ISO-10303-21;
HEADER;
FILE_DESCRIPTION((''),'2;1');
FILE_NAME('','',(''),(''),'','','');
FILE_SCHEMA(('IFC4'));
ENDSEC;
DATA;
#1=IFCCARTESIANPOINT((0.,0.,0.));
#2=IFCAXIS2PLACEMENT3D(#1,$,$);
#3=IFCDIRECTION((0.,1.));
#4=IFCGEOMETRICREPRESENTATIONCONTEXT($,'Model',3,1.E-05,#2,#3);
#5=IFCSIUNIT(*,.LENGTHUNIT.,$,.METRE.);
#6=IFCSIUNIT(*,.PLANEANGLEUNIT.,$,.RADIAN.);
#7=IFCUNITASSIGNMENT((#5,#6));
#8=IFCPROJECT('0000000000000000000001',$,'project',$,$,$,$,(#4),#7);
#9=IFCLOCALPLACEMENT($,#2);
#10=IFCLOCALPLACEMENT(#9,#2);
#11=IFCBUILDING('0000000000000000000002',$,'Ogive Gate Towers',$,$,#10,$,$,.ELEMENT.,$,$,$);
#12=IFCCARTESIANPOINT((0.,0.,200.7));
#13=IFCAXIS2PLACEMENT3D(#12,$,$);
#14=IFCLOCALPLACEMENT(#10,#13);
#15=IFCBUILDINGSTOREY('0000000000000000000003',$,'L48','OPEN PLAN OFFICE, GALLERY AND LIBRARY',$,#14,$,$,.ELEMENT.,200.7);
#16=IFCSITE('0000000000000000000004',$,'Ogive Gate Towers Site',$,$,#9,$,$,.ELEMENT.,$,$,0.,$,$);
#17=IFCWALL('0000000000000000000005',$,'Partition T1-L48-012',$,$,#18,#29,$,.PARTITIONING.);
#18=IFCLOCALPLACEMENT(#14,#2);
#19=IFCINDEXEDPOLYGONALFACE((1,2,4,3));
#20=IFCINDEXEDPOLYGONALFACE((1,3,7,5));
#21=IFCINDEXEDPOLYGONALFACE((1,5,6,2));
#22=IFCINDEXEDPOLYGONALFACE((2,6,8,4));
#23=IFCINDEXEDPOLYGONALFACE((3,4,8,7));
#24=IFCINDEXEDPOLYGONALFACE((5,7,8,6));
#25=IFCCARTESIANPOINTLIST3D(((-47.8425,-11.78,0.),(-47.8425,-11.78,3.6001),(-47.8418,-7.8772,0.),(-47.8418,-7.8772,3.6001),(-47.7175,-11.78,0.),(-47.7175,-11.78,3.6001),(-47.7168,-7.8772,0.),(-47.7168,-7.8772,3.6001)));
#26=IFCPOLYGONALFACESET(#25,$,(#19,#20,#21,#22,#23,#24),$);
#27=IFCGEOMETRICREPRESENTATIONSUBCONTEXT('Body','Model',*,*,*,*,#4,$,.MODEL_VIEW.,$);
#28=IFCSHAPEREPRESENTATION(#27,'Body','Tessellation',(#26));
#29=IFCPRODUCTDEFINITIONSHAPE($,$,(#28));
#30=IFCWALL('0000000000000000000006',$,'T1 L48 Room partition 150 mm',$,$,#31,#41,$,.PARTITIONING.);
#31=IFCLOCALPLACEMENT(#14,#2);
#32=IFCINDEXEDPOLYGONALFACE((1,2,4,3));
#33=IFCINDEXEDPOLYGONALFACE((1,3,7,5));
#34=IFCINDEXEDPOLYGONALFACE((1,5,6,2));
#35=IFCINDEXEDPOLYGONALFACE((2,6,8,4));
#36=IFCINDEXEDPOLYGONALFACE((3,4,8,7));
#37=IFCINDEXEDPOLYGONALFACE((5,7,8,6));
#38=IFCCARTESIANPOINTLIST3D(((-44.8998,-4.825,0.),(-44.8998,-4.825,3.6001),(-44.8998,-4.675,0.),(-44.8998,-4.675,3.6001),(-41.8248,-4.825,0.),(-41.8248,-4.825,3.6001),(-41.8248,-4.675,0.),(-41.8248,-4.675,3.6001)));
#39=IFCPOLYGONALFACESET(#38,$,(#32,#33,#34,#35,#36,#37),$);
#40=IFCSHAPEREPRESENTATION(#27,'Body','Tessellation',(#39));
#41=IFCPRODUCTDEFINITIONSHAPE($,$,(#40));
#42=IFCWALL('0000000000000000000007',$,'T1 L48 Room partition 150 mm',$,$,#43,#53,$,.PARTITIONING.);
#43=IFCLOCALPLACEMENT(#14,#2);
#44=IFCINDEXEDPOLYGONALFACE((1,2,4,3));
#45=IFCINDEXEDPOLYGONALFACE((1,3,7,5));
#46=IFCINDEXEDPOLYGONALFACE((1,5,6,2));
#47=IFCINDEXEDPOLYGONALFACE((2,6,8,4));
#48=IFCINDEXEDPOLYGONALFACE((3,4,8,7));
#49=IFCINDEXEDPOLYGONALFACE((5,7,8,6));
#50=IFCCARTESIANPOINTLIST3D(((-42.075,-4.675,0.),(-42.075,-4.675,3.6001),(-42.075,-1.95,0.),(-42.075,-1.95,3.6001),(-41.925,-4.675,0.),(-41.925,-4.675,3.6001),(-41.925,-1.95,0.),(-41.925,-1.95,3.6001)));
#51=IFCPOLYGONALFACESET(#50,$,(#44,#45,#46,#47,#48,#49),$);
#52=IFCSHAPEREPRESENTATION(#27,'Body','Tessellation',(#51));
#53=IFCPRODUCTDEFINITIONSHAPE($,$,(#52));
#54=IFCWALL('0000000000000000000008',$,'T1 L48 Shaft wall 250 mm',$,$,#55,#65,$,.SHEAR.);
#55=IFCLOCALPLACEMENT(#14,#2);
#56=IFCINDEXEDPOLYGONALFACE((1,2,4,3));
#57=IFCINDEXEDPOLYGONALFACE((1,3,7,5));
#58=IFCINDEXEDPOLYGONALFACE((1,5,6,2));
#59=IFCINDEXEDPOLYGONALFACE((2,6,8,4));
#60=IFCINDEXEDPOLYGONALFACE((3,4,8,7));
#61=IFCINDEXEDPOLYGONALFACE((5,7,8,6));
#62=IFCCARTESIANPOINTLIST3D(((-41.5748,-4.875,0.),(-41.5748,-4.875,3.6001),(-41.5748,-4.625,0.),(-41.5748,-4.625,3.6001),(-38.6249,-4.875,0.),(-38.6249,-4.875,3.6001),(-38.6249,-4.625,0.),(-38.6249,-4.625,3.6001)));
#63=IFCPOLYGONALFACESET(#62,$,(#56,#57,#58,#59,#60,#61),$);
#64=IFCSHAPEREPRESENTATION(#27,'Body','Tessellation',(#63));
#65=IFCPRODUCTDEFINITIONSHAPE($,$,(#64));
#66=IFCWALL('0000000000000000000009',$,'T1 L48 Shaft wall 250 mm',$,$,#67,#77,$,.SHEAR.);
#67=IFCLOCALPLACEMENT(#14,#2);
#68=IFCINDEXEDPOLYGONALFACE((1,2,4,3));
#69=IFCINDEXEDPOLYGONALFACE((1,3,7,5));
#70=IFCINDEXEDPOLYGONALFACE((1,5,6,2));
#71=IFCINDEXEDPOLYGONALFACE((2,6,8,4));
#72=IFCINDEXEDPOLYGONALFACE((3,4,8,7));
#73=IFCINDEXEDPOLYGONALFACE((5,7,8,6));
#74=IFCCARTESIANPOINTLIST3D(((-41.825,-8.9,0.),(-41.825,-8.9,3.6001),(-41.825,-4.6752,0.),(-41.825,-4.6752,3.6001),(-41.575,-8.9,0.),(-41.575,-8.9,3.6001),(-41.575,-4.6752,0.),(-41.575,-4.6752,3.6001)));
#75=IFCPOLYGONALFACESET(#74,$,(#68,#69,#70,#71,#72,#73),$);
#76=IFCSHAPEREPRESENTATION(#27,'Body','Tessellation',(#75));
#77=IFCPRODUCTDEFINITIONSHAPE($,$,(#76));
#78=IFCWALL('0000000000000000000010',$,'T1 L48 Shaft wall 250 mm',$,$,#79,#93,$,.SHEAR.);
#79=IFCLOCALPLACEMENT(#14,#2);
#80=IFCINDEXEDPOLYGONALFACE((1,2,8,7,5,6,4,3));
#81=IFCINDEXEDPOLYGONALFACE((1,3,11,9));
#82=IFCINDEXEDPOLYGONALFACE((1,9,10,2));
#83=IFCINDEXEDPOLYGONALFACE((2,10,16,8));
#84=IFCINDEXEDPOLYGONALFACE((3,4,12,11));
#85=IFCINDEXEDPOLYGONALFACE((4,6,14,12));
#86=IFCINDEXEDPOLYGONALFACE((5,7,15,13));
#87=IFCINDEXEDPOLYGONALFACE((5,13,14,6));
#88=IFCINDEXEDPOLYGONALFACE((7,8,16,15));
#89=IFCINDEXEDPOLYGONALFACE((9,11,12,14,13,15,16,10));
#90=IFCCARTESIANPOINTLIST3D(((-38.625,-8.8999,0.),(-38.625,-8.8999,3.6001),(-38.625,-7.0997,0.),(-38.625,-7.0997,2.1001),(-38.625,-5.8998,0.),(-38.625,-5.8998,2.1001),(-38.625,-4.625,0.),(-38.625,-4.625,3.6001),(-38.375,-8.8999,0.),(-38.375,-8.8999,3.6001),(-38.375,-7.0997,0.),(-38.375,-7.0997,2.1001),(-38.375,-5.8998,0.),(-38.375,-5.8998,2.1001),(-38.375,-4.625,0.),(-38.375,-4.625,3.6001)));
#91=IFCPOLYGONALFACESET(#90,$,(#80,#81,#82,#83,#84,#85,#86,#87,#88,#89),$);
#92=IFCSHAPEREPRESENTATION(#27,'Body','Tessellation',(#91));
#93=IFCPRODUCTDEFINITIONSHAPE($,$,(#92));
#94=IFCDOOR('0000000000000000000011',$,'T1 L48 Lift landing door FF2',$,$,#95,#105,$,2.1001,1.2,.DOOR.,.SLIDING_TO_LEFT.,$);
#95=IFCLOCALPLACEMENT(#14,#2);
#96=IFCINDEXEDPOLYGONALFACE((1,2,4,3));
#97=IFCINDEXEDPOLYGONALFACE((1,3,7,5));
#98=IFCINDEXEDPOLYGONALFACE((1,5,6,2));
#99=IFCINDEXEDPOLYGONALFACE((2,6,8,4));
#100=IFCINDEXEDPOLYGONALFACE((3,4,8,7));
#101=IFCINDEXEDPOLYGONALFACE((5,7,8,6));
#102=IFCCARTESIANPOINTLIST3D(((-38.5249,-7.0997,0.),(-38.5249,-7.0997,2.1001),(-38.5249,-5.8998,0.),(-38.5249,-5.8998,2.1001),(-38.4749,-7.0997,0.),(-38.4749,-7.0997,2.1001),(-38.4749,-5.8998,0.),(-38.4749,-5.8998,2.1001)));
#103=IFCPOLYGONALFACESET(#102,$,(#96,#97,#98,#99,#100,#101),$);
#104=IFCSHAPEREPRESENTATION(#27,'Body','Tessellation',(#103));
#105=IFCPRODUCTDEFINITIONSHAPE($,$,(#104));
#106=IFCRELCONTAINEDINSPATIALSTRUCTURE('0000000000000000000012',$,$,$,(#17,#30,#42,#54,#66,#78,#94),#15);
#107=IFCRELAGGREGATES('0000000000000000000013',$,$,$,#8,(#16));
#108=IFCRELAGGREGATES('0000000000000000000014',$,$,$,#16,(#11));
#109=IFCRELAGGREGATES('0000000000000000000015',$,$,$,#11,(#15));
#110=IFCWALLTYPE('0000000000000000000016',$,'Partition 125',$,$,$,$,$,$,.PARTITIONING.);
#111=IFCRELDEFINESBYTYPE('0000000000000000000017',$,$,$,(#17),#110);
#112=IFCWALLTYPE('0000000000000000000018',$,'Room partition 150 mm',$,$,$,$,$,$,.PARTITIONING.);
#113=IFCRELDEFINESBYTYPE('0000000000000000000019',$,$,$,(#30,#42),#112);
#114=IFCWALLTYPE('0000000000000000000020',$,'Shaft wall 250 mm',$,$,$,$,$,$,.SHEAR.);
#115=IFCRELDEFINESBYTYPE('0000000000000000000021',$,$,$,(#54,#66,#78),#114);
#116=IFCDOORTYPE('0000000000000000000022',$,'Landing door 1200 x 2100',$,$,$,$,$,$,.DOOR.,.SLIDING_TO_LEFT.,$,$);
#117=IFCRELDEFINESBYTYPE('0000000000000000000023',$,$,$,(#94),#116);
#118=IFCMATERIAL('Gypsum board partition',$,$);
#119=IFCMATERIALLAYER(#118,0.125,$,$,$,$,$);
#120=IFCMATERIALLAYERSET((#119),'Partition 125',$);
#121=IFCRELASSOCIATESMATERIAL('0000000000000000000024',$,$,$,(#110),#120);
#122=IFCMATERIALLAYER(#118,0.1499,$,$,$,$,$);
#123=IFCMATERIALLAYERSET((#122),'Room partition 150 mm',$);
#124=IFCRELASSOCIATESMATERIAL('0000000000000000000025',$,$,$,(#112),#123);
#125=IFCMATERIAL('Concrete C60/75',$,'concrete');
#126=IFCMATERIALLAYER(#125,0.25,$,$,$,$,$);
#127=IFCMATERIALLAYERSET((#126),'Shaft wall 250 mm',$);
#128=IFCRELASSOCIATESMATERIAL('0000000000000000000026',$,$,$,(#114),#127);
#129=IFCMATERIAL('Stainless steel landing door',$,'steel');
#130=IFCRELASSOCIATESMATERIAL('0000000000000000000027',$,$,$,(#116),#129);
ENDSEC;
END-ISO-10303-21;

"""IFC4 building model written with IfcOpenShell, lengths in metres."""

from ifc_helpers import new_model, si_unit, direction, frame, frame_2d, origin, place, context, subcontext, project, spatial, rectangle, extrude, material, layer, layer_set, type_object, element, fill, save


model = new_model("IFC4")

# Units and contexts
model_context = context("Model", 3, precision=1e-05, world=origin(), true_north=direction((0.0, 1.0)))
body_context = subcontext(model_context, "Body", "Model", "MODEL_VIEW")
ifc_project = project(units=[si_unit("LENGTHUNIT", "METRE"), si_unit("PLANEANGLEUNIT", "RADIAN")], contexts=[model_context])

# Site, building, storey
site_placement = place(None, origin())
site = spatial("IfcSite", under=ifc_project, at=site_placement, Name="Ogive Gate Towers Site", CompositionType="ELEMENT", RefElevation=0.0)
building_placement = place(site_placement, origin())
building = spatial("IfcBuilding", under=site, at=building_placement, Name="Ogive Gate Towers", CompositionType="ELEMENT")
storey_placement = place(building_placement, frame((0.0, 0.0, 200.7)))
storey = spatial("IfcBuildingStorey", under=building, at=storey_placement, Name="L48", Description="OPEN PLAN OFFICE, GALLERY AND LIBRARY", CompositionType="ELEMENT", Elevation=200.7)

# Shared definitions
ifc_material_1 = material(Name="Concrete C60/75", Category="concrete")

# Shared definitions
ifc_material_2 = material(Name="Gypsum board partition")
ifc_layer_1 = layer(ifc_material_2, 0.125)
ifc_layer_set_1 = layer_set([ifc_layer_1], Name="Partition 125")
wall_type_1 = type_object("IfcWallType", Name="Partition 125", PredefinedType="PARTITIONING", material=ifc_layer_set_1)

# Walls
wall_1_placement = place(storey_placement, frame((-47.7793, -7.8772, 0.0), z_axis=(0.0, 0.0, 1.0), x_axis=(-0.000188, -1.0, 0.0)))
element("IfcWall", 1, at=wall_1_placement, inside=storey, type_object=wall_type_1, Name="Partition T1-L48-012", PredefinedType="PARTITIONING", context=body_context, shape_type="SweptSolid", body=[
    extrude(rectangle(XDim=3.9028, YDim=0.125, at=frame_2d((1.9514, 0.0))), origin(), (0.0, 0.0, 1.0), 3.6001),
])
ifc_layer_2 = layer(ifc_material_2, 0.1499)
ifc_layer_set_2 = layer_set([ifc_layer_2], Name="Room partition 150 mm")
wall_type_2 = type_object("IfcWallType", Name="Room partition 150 mm", PredefinedType="PARTITIONING", material=ifc_layer_set_2)
wall_2_placement = place(storey_placement, frame((-44.8999, -4.75, 0.0), z_axis=(0.0, 0.0, 1.0), x_axis=(1.0, 0.0, 0.0)))
element("IfcWall", 2, at=wall_2_placement, inside=storey, type_object=wall_type_2, Name="T1 L48 Room partition 150 mm", PredefinedType="PARTITIONING", context=body_context, shape_type="SweptSolid", body=[
    extrude(rectangle(XDim=3.075, YDim=0.1499, at=frame_2d((1.5376, 0.0))), origin(), (0.0, 0.0, 1.0), 3.6001),
])
wall_3_placement = place(storey_placement, frame((-42.0, -4.675, 0.0), z_axis=(0.0, 0.0, 1.0), x_axis=(0.0, 1.0, 0.0)))
element("IfcWall", 3, at=wall_3_placement, inside=storey, type_object=wall_type_2, Name="T1 L48 Room partition 150 mm", PredefinedType="PARTITIONING", context=body_context, shape_type="SweptSolid", body=[
    extrude(rectangle(XDim=2.7251, YDim=0.1499, at=frame_2d((1.3625, 0.0))), origin(), (0.0, 0.0, 1.0), 3.6001),
])
ifc_layer_3 = layer(ifc_material_1, 0.25)
ifc_layer_set_3 = layer_set([ifc_layer_3], Name="Shaft wall 250 mm")
wall_type_3 = type_object("IfcWallType", Name="Shaft wall 250 mm", PredefinedType="SHEAR", material=ifc_layer_set_3)
wall_4_placement = place(storey_placement, frame((-41.575, -4.75, 0.0), z_axis=(0.0, 0.0, 1.0), x_axis=(1.0, 0.0, 0.0)))
element("IfcWall", 4, at=wall_4_placement, inside=storey, type_object=wall_type_3, Name="T1 L48 Shaft wall 250 mm", PredefinedType="SHEAR", context=body_context, shape_type="SweptSolid", body=[
    extrude(rectangle(XDim=2.95, YDim=0.25, at=frame_2d((1.4751, 0.0))), origin(), (0.0, 0.0, 1.0), 3.6001),
])
wall_5_placement = place(storey_placement, frame((-41.7, -8.8999, 0.0), z_axis=(0.0, 0.0, 1.0), x_axis=(0.0, 1.0, 0.0)))
element("IfcWall", 5, at=wall_5_placement, inside=storey, type_object=wall_type_3, Name="T1 L48 Shaft wall 250 mm", PredefinedType="SHEAR", context=body_context, shape_type="SweptSolid", body=[
    extrude(rectangle(XDim=4.2249, YDim=0.25, at=frame_2d((2.1123, 0.0))), origin(), (0.0, 0.0, 1.0), 3.6001),
])

# Wall, opening, door
wall_6_placement = place(storey_placement, frame((-38.5, -8.8999, 0.0), z_axis=(0.0, 0.0, 1.0), x_axis=(0.0, 1.0, 0.0)))
wall_6 = element("IfcWall", 6, at=wall_6_placement, inside=storey, type_object=wall_type_3, Name="T1 L48 Shaft wall 250 mm", PredefinedType="SHEAR", context=body_context, shape_type="SweptSolid", body=[
    extrude(rectangle(XDim=4.2749, YDim=0.25, at=frame_2d((2.1375, 0.0))), origin(), (0.0, 0.0, 1.0), 3.6001),
])
opening_1_placement = place(wall_6_placement, frame((1.8, 0.0, 0.0)))
opening_1 = element("IfcOpeningElement", 7, at=opening_1_placement, cuts=wall_6, PredefinedType="OPENING", context=body_context, shape_type="SweptSolid", body=[
    extrude(rectangle(XDim=1.2, YDim=2.1001, at=frame_2d((0.6001, 1.05))), frame((0.0, 0.135, 0.0), z_axis=(0.0, -1.0, 0.0), x_axis=(1.0, 0.0, 0.0)), (0.0, 0.0, 1.0), 0.27),
])
ifc_material_3 = material(Name="Stainless steel landing door", Category="steel")
door_type_1 = type_object("IfcDoorType", Name="Landing door 1200 x 2100", OperationType="SLIDING_TO_LEFT", PredefinedType="DOOR", material=ifc_material_3)
door_1_placement = place(opening_1_placement, origin())
door_1 = element("IfcDoor", 8, at=door_1_placement, inside=storey, type_object=door_type_1, Name="T1 L48 Lift landing door FF2", OperationType="SLIDING_TO_LEFT", OverallHeight=2.1001, OverallWidth=1.2, PredefinedType="DOOR", context=body_context, shape_type="SweptSolid", body=[
    extrude(rectangle(XDim=1.2, YDim=2.1001, at=frame_2d((0.6001, 1.05))), frame((0.0, 0.0249, 0.0), z_axis=(0.0, -1.0, 0.0), x_axis=(1.0, 0.0, 0.0)), (0.0, 0.0, 1.0), 0.05),
])
fill(opening_1, door_1)

save(model, "model.ifc")
